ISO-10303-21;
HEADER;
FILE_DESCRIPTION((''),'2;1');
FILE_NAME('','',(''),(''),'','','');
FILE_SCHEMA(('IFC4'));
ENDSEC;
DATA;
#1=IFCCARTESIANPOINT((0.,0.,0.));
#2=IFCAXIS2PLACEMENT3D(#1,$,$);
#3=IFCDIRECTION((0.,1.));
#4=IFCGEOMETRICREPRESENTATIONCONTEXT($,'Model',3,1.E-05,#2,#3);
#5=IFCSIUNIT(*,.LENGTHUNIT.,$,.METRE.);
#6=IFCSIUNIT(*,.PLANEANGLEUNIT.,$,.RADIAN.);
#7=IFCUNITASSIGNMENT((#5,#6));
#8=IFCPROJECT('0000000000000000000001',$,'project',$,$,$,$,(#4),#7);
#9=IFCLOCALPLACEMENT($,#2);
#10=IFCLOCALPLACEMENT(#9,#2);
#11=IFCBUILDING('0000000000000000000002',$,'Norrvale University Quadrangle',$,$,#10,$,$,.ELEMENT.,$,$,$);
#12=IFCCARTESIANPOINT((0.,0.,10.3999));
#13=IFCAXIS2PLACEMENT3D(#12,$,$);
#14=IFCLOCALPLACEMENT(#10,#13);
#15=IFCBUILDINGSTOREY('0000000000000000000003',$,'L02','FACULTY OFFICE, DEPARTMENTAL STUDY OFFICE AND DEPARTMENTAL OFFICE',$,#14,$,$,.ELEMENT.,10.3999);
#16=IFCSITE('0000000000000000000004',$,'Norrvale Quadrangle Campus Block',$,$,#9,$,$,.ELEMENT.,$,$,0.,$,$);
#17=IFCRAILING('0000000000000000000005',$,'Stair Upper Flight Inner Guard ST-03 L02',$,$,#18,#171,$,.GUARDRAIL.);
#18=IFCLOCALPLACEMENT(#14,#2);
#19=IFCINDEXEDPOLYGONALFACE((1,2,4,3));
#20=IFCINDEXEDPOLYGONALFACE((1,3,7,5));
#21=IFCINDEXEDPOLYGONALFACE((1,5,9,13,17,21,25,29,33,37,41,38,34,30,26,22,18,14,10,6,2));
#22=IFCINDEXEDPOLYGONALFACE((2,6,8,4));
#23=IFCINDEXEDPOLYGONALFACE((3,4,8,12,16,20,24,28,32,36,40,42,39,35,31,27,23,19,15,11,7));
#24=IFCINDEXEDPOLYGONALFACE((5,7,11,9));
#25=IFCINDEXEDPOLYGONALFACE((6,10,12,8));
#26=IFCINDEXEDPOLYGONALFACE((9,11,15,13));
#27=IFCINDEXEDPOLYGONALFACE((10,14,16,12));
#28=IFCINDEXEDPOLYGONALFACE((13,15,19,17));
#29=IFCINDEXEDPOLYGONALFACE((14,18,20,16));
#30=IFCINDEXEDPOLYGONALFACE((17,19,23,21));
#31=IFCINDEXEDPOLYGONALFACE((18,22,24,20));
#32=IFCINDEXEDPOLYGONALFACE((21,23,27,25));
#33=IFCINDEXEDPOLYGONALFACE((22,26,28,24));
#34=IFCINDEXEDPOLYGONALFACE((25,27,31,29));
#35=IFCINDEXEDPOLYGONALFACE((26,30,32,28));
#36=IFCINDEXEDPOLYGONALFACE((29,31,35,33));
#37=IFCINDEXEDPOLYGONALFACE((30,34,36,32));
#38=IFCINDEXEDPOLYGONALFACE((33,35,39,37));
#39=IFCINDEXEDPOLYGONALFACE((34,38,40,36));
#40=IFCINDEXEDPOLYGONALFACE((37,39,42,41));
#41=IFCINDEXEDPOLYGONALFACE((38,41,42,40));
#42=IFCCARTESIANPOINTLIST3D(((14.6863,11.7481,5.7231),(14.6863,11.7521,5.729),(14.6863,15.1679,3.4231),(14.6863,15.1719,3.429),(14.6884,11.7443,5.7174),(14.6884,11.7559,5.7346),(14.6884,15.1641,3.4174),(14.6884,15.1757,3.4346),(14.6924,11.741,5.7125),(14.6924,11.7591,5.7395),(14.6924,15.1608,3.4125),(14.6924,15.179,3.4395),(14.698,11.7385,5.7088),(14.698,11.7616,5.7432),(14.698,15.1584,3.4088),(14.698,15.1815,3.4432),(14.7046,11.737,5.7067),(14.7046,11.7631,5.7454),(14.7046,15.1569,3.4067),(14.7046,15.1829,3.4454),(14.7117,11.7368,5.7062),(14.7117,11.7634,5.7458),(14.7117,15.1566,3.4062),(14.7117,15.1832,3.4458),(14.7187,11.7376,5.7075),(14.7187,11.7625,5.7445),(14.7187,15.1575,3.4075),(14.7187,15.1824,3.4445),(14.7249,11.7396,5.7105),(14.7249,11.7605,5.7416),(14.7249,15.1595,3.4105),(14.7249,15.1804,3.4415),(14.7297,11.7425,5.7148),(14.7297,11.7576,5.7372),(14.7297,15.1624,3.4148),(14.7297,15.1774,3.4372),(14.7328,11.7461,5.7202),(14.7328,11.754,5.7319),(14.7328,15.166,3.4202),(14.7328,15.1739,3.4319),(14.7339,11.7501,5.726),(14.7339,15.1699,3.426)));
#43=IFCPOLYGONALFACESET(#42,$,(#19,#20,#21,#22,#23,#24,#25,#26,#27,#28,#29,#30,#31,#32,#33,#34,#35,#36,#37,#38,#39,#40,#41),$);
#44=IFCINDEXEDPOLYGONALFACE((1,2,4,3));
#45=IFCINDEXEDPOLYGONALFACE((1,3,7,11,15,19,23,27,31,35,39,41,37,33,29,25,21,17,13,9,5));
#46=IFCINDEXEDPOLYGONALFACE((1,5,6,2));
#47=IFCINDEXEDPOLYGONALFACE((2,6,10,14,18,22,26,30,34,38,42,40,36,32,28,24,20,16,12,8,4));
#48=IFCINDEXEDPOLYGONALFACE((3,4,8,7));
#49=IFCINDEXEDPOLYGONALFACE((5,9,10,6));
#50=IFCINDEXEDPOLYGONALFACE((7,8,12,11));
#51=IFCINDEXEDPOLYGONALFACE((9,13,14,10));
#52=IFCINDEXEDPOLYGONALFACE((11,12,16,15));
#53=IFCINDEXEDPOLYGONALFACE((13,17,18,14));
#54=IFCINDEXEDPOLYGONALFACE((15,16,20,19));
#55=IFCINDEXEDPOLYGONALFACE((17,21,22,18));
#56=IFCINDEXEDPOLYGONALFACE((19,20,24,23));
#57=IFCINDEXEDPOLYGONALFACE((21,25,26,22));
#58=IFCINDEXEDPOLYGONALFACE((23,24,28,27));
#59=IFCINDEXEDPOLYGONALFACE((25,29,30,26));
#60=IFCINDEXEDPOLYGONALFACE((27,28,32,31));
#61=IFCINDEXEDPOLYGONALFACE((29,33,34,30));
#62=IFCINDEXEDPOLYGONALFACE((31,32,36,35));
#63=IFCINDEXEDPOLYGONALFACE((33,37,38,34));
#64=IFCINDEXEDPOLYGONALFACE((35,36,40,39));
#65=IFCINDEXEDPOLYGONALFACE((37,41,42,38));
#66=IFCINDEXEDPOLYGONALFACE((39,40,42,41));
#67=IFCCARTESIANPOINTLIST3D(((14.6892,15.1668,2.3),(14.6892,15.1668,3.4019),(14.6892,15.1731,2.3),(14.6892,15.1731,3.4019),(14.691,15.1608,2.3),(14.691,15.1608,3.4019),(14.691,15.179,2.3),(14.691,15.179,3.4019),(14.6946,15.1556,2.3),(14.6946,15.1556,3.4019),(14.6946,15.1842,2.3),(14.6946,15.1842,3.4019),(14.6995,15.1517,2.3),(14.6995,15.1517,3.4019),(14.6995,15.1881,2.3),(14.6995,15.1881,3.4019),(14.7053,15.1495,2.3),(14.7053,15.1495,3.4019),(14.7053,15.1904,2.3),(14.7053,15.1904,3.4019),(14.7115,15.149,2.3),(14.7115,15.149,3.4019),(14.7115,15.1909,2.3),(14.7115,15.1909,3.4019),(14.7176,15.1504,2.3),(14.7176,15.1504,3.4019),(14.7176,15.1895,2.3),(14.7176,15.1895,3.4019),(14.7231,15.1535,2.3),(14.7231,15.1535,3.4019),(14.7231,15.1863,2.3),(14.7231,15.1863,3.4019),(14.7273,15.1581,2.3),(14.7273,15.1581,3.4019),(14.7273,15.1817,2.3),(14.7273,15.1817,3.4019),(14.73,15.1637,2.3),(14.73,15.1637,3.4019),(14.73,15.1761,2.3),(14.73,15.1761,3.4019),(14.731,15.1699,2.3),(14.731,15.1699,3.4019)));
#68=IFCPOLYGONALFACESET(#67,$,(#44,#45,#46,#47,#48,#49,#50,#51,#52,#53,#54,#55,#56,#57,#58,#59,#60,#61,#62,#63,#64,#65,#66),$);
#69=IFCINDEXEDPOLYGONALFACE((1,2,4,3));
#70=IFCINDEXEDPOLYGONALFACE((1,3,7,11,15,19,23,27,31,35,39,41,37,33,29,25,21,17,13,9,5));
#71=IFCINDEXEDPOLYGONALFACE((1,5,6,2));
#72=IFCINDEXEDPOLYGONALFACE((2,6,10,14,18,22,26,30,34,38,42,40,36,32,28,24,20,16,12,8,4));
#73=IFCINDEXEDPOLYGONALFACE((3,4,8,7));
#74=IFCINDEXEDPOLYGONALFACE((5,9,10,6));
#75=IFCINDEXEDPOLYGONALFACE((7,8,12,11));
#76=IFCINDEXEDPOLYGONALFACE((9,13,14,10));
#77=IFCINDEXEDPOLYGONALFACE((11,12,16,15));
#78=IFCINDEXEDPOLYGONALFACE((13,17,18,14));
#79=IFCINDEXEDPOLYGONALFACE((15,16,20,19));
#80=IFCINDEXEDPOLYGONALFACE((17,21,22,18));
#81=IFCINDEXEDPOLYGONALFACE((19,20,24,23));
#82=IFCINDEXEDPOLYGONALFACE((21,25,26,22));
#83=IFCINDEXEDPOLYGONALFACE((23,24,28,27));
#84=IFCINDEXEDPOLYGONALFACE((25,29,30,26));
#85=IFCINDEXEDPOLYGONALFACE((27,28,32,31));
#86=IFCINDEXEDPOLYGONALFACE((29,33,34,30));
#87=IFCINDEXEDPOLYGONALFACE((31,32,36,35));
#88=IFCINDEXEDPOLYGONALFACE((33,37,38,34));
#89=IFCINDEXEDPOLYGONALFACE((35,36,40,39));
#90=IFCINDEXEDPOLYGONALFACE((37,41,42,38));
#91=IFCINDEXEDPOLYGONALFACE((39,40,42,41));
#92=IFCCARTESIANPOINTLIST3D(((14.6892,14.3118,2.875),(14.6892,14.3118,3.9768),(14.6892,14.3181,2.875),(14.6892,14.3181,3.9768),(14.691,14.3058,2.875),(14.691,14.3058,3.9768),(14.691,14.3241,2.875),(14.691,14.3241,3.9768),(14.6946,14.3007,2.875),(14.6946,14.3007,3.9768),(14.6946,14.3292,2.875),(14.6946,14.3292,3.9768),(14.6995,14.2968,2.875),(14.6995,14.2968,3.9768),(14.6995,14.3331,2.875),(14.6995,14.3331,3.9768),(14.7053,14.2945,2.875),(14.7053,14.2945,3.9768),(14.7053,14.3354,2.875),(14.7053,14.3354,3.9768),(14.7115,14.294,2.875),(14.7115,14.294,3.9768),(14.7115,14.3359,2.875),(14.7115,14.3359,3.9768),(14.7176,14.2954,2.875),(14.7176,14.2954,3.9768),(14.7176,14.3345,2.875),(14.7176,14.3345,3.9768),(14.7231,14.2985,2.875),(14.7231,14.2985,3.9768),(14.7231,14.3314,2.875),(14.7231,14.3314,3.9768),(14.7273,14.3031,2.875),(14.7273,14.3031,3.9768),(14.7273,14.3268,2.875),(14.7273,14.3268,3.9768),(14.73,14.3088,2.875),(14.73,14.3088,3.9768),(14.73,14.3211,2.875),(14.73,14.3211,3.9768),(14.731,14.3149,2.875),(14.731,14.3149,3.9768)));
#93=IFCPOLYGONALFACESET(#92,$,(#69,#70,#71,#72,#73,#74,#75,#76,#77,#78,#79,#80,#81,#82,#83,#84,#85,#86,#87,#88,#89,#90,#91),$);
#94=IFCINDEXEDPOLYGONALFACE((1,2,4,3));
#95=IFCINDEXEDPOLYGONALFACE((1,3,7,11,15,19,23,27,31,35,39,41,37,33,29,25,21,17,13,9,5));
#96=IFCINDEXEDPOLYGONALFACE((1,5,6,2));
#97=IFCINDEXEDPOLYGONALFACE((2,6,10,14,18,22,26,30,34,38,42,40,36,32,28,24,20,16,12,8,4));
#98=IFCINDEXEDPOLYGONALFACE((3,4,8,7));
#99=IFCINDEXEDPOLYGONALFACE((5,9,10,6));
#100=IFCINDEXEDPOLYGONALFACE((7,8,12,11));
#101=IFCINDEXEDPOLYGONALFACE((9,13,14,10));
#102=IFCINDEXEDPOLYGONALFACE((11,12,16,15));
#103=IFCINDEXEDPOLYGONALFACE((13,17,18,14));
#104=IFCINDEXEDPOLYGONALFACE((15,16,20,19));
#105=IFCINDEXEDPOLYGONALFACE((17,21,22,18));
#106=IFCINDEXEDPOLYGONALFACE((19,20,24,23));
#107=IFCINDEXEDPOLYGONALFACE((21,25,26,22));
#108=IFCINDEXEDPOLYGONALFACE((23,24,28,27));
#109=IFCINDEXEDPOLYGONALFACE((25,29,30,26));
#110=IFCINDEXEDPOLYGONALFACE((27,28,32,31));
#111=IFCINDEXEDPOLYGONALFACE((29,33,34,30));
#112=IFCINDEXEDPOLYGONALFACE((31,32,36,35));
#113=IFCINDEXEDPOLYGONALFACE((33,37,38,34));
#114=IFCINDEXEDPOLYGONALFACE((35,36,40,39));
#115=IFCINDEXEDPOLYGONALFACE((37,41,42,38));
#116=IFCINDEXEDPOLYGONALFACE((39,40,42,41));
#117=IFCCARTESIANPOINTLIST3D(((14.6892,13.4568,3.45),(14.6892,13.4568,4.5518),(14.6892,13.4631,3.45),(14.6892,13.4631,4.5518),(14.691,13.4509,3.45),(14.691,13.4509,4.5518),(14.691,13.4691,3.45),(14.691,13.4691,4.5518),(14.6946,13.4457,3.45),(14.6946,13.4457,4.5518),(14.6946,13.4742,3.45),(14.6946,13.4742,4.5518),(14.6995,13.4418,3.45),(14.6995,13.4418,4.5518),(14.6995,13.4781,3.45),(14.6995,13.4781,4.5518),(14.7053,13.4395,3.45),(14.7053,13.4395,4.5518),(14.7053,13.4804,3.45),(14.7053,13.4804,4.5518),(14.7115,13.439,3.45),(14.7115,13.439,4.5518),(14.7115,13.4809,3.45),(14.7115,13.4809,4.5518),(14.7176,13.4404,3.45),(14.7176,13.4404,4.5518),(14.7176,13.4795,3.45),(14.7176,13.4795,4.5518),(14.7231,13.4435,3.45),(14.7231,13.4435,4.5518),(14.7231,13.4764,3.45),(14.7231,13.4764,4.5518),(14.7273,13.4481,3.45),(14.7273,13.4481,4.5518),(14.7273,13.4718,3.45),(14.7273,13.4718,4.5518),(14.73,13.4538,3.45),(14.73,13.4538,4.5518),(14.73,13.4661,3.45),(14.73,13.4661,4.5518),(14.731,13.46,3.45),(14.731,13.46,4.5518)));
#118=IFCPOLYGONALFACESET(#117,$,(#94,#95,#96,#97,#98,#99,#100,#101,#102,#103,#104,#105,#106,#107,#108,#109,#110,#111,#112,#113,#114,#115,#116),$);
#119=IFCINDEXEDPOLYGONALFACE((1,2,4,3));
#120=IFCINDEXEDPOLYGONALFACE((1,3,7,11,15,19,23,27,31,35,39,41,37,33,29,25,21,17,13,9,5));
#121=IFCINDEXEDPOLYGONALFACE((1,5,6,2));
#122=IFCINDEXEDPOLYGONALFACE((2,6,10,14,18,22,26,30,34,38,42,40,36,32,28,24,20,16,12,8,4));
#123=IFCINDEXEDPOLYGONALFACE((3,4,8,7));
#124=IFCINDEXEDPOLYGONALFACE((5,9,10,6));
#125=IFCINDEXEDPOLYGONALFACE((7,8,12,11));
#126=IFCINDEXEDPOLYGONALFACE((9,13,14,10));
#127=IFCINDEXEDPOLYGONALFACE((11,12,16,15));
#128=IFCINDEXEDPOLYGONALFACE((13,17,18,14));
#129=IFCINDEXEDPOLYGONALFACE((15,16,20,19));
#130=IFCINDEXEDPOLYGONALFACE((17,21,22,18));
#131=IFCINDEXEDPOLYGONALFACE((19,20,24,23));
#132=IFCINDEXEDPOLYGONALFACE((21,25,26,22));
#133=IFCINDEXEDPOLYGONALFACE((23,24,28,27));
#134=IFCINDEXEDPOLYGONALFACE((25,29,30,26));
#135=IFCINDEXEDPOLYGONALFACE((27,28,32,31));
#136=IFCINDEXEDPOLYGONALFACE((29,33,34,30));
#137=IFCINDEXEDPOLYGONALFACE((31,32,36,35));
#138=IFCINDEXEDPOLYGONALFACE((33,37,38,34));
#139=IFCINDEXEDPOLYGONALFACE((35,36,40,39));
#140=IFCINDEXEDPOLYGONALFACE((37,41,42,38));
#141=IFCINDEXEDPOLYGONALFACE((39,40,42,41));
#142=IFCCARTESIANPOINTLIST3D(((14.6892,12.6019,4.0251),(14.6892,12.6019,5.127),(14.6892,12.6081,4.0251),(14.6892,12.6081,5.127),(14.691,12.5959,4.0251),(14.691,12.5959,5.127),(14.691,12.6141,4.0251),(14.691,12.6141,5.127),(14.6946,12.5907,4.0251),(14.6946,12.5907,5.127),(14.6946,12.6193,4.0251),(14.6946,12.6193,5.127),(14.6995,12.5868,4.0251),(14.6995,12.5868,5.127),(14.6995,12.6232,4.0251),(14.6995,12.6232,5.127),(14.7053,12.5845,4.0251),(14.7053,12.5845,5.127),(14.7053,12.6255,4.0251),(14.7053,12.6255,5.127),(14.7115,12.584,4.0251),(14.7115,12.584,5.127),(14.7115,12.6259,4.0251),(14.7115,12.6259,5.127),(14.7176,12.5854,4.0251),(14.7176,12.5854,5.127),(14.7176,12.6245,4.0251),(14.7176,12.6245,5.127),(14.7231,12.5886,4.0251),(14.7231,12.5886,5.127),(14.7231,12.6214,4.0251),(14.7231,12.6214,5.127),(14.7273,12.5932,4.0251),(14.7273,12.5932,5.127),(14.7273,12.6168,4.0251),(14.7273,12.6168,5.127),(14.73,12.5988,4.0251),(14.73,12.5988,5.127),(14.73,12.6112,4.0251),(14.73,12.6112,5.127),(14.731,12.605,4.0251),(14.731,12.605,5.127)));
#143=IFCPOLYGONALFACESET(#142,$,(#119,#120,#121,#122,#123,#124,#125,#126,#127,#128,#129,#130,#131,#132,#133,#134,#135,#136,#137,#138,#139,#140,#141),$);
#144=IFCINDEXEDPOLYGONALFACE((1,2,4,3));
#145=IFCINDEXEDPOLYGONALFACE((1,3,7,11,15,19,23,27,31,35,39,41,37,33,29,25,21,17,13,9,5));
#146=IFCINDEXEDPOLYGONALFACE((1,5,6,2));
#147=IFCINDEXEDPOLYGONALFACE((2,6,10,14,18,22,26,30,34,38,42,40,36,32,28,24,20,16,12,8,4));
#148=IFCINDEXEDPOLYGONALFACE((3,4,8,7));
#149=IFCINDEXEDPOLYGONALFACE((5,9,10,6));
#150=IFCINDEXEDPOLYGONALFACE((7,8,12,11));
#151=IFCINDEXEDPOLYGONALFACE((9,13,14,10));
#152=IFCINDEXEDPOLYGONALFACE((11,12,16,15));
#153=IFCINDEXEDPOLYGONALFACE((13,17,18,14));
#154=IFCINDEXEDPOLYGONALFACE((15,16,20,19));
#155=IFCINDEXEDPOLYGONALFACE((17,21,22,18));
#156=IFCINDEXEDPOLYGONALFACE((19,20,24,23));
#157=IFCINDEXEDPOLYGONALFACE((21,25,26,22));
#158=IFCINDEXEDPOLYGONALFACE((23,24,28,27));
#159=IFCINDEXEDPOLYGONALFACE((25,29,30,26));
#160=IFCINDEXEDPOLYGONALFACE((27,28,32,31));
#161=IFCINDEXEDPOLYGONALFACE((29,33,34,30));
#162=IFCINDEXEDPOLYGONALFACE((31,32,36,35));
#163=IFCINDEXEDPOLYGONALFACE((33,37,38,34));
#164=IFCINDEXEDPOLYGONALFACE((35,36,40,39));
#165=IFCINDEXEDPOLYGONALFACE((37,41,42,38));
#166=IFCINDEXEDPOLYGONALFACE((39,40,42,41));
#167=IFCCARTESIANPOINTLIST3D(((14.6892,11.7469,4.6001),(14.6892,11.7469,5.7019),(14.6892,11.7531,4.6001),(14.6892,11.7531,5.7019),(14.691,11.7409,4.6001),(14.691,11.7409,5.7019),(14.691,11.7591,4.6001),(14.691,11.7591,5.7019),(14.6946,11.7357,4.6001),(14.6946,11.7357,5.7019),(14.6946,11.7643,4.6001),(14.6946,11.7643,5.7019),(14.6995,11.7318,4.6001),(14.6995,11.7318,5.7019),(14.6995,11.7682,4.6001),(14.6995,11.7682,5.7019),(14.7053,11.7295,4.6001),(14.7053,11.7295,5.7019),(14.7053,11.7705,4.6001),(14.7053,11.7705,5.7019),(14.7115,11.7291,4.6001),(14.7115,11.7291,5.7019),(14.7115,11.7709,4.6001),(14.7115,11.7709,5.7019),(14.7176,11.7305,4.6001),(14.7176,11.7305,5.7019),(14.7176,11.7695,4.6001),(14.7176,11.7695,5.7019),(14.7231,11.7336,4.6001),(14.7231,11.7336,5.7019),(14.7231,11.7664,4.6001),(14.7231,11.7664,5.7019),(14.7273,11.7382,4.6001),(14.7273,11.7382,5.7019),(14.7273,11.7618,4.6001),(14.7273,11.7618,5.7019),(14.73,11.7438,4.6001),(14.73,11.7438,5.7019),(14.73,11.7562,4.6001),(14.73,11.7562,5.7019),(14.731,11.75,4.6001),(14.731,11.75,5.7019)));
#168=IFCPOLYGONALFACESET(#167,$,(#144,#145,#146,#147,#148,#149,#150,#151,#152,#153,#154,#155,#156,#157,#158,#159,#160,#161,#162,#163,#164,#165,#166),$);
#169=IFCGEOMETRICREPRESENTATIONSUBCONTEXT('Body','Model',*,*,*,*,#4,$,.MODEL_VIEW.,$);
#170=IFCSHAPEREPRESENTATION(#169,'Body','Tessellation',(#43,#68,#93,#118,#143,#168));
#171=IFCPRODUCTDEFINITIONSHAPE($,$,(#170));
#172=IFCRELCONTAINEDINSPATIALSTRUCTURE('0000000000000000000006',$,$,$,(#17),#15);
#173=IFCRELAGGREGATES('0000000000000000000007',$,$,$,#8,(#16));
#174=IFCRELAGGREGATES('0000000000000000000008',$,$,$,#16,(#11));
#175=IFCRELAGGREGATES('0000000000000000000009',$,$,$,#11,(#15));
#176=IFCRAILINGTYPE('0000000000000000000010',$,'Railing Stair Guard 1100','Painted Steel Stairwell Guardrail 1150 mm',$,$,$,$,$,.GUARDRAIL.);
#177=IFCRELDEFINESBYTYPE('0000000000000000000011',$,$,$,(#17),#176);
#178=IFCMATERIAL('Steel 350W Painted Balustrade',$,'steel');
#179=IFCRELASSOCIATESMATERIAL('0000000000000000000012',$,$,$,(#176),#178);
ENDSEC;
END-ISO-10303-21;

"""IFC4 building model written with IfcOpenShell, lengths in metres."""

from ifc_helpers import new_model, si_unit, direction, frame, origin, origin_2d, place, context, subcontext, project, spatial, circle, extrude, material, type_object, element, save


model = new_model("IFC4")

# Units and contexts
model_context = context("Model", 3, precision=1e-05, world=origin(), true_north=direction((0.0, 1.0)))
body_context = subcontext(model_context, "Body", "Model", "MODEL_VIEW")
ifc_project = project(units=[si_unit("LENGTHUNIT", "METRE"), si_unit("PLANEANGLEUNIT", "RADIAN")], contexts=[model_context])

# Site, building, storey
site_placement = place(None, origin())
site = spatial("IfcSite", under=ifc_project, at=site_placement, Name="Norrvale Quadrangle Campus Block", CompositionType="ELEMENT", RefElevation=0.0)
building_placement = place(site_placement, origin())
building = spatial("IfcBuilding", under=site, at=building_placement, Name="Norrvale University Quadrangle", CompositionType="ELEMENT")
storey_placement = place(building_placement, frame((0.0, 0.0, 10.3999)))
storey = spatial("IfcBuildingStorey", under=building, at=storey_placement, Name="L02", Description="FACULTY OFFICE, DEPARTMENTAL STUDY OFFICE AND DEPARTMENTAL OFFICE", CompositionType="ELEMENT", Elevation=10.3999)

# Railing
ifc_material_1 = material(Name="Steel 350W Painted Balustrade", Category="steel")
railing_type_1 = type_object("IfcRailingType", Name="Railing Stair Guard 1100", Description="Painted Steel Stairwell Guardrail 1150 mm", PredefinedType="GUARDRAIL", material=ifc_material_1)
railing_1_placement = place(storey_placement, frame((14.71, 15.1699, 2.3)))
element("IfcRailing", 1, at=railing_1_placement, inside=storey, type_object=railing_type_1, Name="Stair Upper Flight Inner Guard ST-03 L02", PredefinedType="GUARDRAIL", context=body_context, shape_type="SweptSolid", body=[
    extrude(circle(Radius=0.0239, at=origin_2d()), frame((0.0, 0.0, 1.126), z_axis=(0.0, -0.829792, 0.558072), x_axis=(1.0, 0.0, 0.0)), (0.0, 0.0, 1.0), 4.1213),
    extrude(circle(Radius=0.021, at=origin_2d()), origin(), (0.0, 0.0, 1.0), 1.1018),
    extrude(circle(Radius=0.021, at=origin_2d()), frame((0.0, -0.855, 0.575)), (0.0, 0.0, 1.0), 1.1018),
    extrude(circle(Radius=0.021, at=origin_2d()), frame((0.0, -1.71, 1.1499)), (0.0, 0.0, 1.0), 1.1018),
    extrude(circle(Radius=0.021, at=origin_2d()), frame((0.0, -2.5649, 1.7251)), (0.0, 0.0, 1.0), 1.1018),
    extrude(circle(Radius=0.021, at=origin_2d()), frame((0.0, -3.4199, 2.3)), (0.0, 0.0, 1.0), 1.1018),
])

save(model, "model.ifc")
